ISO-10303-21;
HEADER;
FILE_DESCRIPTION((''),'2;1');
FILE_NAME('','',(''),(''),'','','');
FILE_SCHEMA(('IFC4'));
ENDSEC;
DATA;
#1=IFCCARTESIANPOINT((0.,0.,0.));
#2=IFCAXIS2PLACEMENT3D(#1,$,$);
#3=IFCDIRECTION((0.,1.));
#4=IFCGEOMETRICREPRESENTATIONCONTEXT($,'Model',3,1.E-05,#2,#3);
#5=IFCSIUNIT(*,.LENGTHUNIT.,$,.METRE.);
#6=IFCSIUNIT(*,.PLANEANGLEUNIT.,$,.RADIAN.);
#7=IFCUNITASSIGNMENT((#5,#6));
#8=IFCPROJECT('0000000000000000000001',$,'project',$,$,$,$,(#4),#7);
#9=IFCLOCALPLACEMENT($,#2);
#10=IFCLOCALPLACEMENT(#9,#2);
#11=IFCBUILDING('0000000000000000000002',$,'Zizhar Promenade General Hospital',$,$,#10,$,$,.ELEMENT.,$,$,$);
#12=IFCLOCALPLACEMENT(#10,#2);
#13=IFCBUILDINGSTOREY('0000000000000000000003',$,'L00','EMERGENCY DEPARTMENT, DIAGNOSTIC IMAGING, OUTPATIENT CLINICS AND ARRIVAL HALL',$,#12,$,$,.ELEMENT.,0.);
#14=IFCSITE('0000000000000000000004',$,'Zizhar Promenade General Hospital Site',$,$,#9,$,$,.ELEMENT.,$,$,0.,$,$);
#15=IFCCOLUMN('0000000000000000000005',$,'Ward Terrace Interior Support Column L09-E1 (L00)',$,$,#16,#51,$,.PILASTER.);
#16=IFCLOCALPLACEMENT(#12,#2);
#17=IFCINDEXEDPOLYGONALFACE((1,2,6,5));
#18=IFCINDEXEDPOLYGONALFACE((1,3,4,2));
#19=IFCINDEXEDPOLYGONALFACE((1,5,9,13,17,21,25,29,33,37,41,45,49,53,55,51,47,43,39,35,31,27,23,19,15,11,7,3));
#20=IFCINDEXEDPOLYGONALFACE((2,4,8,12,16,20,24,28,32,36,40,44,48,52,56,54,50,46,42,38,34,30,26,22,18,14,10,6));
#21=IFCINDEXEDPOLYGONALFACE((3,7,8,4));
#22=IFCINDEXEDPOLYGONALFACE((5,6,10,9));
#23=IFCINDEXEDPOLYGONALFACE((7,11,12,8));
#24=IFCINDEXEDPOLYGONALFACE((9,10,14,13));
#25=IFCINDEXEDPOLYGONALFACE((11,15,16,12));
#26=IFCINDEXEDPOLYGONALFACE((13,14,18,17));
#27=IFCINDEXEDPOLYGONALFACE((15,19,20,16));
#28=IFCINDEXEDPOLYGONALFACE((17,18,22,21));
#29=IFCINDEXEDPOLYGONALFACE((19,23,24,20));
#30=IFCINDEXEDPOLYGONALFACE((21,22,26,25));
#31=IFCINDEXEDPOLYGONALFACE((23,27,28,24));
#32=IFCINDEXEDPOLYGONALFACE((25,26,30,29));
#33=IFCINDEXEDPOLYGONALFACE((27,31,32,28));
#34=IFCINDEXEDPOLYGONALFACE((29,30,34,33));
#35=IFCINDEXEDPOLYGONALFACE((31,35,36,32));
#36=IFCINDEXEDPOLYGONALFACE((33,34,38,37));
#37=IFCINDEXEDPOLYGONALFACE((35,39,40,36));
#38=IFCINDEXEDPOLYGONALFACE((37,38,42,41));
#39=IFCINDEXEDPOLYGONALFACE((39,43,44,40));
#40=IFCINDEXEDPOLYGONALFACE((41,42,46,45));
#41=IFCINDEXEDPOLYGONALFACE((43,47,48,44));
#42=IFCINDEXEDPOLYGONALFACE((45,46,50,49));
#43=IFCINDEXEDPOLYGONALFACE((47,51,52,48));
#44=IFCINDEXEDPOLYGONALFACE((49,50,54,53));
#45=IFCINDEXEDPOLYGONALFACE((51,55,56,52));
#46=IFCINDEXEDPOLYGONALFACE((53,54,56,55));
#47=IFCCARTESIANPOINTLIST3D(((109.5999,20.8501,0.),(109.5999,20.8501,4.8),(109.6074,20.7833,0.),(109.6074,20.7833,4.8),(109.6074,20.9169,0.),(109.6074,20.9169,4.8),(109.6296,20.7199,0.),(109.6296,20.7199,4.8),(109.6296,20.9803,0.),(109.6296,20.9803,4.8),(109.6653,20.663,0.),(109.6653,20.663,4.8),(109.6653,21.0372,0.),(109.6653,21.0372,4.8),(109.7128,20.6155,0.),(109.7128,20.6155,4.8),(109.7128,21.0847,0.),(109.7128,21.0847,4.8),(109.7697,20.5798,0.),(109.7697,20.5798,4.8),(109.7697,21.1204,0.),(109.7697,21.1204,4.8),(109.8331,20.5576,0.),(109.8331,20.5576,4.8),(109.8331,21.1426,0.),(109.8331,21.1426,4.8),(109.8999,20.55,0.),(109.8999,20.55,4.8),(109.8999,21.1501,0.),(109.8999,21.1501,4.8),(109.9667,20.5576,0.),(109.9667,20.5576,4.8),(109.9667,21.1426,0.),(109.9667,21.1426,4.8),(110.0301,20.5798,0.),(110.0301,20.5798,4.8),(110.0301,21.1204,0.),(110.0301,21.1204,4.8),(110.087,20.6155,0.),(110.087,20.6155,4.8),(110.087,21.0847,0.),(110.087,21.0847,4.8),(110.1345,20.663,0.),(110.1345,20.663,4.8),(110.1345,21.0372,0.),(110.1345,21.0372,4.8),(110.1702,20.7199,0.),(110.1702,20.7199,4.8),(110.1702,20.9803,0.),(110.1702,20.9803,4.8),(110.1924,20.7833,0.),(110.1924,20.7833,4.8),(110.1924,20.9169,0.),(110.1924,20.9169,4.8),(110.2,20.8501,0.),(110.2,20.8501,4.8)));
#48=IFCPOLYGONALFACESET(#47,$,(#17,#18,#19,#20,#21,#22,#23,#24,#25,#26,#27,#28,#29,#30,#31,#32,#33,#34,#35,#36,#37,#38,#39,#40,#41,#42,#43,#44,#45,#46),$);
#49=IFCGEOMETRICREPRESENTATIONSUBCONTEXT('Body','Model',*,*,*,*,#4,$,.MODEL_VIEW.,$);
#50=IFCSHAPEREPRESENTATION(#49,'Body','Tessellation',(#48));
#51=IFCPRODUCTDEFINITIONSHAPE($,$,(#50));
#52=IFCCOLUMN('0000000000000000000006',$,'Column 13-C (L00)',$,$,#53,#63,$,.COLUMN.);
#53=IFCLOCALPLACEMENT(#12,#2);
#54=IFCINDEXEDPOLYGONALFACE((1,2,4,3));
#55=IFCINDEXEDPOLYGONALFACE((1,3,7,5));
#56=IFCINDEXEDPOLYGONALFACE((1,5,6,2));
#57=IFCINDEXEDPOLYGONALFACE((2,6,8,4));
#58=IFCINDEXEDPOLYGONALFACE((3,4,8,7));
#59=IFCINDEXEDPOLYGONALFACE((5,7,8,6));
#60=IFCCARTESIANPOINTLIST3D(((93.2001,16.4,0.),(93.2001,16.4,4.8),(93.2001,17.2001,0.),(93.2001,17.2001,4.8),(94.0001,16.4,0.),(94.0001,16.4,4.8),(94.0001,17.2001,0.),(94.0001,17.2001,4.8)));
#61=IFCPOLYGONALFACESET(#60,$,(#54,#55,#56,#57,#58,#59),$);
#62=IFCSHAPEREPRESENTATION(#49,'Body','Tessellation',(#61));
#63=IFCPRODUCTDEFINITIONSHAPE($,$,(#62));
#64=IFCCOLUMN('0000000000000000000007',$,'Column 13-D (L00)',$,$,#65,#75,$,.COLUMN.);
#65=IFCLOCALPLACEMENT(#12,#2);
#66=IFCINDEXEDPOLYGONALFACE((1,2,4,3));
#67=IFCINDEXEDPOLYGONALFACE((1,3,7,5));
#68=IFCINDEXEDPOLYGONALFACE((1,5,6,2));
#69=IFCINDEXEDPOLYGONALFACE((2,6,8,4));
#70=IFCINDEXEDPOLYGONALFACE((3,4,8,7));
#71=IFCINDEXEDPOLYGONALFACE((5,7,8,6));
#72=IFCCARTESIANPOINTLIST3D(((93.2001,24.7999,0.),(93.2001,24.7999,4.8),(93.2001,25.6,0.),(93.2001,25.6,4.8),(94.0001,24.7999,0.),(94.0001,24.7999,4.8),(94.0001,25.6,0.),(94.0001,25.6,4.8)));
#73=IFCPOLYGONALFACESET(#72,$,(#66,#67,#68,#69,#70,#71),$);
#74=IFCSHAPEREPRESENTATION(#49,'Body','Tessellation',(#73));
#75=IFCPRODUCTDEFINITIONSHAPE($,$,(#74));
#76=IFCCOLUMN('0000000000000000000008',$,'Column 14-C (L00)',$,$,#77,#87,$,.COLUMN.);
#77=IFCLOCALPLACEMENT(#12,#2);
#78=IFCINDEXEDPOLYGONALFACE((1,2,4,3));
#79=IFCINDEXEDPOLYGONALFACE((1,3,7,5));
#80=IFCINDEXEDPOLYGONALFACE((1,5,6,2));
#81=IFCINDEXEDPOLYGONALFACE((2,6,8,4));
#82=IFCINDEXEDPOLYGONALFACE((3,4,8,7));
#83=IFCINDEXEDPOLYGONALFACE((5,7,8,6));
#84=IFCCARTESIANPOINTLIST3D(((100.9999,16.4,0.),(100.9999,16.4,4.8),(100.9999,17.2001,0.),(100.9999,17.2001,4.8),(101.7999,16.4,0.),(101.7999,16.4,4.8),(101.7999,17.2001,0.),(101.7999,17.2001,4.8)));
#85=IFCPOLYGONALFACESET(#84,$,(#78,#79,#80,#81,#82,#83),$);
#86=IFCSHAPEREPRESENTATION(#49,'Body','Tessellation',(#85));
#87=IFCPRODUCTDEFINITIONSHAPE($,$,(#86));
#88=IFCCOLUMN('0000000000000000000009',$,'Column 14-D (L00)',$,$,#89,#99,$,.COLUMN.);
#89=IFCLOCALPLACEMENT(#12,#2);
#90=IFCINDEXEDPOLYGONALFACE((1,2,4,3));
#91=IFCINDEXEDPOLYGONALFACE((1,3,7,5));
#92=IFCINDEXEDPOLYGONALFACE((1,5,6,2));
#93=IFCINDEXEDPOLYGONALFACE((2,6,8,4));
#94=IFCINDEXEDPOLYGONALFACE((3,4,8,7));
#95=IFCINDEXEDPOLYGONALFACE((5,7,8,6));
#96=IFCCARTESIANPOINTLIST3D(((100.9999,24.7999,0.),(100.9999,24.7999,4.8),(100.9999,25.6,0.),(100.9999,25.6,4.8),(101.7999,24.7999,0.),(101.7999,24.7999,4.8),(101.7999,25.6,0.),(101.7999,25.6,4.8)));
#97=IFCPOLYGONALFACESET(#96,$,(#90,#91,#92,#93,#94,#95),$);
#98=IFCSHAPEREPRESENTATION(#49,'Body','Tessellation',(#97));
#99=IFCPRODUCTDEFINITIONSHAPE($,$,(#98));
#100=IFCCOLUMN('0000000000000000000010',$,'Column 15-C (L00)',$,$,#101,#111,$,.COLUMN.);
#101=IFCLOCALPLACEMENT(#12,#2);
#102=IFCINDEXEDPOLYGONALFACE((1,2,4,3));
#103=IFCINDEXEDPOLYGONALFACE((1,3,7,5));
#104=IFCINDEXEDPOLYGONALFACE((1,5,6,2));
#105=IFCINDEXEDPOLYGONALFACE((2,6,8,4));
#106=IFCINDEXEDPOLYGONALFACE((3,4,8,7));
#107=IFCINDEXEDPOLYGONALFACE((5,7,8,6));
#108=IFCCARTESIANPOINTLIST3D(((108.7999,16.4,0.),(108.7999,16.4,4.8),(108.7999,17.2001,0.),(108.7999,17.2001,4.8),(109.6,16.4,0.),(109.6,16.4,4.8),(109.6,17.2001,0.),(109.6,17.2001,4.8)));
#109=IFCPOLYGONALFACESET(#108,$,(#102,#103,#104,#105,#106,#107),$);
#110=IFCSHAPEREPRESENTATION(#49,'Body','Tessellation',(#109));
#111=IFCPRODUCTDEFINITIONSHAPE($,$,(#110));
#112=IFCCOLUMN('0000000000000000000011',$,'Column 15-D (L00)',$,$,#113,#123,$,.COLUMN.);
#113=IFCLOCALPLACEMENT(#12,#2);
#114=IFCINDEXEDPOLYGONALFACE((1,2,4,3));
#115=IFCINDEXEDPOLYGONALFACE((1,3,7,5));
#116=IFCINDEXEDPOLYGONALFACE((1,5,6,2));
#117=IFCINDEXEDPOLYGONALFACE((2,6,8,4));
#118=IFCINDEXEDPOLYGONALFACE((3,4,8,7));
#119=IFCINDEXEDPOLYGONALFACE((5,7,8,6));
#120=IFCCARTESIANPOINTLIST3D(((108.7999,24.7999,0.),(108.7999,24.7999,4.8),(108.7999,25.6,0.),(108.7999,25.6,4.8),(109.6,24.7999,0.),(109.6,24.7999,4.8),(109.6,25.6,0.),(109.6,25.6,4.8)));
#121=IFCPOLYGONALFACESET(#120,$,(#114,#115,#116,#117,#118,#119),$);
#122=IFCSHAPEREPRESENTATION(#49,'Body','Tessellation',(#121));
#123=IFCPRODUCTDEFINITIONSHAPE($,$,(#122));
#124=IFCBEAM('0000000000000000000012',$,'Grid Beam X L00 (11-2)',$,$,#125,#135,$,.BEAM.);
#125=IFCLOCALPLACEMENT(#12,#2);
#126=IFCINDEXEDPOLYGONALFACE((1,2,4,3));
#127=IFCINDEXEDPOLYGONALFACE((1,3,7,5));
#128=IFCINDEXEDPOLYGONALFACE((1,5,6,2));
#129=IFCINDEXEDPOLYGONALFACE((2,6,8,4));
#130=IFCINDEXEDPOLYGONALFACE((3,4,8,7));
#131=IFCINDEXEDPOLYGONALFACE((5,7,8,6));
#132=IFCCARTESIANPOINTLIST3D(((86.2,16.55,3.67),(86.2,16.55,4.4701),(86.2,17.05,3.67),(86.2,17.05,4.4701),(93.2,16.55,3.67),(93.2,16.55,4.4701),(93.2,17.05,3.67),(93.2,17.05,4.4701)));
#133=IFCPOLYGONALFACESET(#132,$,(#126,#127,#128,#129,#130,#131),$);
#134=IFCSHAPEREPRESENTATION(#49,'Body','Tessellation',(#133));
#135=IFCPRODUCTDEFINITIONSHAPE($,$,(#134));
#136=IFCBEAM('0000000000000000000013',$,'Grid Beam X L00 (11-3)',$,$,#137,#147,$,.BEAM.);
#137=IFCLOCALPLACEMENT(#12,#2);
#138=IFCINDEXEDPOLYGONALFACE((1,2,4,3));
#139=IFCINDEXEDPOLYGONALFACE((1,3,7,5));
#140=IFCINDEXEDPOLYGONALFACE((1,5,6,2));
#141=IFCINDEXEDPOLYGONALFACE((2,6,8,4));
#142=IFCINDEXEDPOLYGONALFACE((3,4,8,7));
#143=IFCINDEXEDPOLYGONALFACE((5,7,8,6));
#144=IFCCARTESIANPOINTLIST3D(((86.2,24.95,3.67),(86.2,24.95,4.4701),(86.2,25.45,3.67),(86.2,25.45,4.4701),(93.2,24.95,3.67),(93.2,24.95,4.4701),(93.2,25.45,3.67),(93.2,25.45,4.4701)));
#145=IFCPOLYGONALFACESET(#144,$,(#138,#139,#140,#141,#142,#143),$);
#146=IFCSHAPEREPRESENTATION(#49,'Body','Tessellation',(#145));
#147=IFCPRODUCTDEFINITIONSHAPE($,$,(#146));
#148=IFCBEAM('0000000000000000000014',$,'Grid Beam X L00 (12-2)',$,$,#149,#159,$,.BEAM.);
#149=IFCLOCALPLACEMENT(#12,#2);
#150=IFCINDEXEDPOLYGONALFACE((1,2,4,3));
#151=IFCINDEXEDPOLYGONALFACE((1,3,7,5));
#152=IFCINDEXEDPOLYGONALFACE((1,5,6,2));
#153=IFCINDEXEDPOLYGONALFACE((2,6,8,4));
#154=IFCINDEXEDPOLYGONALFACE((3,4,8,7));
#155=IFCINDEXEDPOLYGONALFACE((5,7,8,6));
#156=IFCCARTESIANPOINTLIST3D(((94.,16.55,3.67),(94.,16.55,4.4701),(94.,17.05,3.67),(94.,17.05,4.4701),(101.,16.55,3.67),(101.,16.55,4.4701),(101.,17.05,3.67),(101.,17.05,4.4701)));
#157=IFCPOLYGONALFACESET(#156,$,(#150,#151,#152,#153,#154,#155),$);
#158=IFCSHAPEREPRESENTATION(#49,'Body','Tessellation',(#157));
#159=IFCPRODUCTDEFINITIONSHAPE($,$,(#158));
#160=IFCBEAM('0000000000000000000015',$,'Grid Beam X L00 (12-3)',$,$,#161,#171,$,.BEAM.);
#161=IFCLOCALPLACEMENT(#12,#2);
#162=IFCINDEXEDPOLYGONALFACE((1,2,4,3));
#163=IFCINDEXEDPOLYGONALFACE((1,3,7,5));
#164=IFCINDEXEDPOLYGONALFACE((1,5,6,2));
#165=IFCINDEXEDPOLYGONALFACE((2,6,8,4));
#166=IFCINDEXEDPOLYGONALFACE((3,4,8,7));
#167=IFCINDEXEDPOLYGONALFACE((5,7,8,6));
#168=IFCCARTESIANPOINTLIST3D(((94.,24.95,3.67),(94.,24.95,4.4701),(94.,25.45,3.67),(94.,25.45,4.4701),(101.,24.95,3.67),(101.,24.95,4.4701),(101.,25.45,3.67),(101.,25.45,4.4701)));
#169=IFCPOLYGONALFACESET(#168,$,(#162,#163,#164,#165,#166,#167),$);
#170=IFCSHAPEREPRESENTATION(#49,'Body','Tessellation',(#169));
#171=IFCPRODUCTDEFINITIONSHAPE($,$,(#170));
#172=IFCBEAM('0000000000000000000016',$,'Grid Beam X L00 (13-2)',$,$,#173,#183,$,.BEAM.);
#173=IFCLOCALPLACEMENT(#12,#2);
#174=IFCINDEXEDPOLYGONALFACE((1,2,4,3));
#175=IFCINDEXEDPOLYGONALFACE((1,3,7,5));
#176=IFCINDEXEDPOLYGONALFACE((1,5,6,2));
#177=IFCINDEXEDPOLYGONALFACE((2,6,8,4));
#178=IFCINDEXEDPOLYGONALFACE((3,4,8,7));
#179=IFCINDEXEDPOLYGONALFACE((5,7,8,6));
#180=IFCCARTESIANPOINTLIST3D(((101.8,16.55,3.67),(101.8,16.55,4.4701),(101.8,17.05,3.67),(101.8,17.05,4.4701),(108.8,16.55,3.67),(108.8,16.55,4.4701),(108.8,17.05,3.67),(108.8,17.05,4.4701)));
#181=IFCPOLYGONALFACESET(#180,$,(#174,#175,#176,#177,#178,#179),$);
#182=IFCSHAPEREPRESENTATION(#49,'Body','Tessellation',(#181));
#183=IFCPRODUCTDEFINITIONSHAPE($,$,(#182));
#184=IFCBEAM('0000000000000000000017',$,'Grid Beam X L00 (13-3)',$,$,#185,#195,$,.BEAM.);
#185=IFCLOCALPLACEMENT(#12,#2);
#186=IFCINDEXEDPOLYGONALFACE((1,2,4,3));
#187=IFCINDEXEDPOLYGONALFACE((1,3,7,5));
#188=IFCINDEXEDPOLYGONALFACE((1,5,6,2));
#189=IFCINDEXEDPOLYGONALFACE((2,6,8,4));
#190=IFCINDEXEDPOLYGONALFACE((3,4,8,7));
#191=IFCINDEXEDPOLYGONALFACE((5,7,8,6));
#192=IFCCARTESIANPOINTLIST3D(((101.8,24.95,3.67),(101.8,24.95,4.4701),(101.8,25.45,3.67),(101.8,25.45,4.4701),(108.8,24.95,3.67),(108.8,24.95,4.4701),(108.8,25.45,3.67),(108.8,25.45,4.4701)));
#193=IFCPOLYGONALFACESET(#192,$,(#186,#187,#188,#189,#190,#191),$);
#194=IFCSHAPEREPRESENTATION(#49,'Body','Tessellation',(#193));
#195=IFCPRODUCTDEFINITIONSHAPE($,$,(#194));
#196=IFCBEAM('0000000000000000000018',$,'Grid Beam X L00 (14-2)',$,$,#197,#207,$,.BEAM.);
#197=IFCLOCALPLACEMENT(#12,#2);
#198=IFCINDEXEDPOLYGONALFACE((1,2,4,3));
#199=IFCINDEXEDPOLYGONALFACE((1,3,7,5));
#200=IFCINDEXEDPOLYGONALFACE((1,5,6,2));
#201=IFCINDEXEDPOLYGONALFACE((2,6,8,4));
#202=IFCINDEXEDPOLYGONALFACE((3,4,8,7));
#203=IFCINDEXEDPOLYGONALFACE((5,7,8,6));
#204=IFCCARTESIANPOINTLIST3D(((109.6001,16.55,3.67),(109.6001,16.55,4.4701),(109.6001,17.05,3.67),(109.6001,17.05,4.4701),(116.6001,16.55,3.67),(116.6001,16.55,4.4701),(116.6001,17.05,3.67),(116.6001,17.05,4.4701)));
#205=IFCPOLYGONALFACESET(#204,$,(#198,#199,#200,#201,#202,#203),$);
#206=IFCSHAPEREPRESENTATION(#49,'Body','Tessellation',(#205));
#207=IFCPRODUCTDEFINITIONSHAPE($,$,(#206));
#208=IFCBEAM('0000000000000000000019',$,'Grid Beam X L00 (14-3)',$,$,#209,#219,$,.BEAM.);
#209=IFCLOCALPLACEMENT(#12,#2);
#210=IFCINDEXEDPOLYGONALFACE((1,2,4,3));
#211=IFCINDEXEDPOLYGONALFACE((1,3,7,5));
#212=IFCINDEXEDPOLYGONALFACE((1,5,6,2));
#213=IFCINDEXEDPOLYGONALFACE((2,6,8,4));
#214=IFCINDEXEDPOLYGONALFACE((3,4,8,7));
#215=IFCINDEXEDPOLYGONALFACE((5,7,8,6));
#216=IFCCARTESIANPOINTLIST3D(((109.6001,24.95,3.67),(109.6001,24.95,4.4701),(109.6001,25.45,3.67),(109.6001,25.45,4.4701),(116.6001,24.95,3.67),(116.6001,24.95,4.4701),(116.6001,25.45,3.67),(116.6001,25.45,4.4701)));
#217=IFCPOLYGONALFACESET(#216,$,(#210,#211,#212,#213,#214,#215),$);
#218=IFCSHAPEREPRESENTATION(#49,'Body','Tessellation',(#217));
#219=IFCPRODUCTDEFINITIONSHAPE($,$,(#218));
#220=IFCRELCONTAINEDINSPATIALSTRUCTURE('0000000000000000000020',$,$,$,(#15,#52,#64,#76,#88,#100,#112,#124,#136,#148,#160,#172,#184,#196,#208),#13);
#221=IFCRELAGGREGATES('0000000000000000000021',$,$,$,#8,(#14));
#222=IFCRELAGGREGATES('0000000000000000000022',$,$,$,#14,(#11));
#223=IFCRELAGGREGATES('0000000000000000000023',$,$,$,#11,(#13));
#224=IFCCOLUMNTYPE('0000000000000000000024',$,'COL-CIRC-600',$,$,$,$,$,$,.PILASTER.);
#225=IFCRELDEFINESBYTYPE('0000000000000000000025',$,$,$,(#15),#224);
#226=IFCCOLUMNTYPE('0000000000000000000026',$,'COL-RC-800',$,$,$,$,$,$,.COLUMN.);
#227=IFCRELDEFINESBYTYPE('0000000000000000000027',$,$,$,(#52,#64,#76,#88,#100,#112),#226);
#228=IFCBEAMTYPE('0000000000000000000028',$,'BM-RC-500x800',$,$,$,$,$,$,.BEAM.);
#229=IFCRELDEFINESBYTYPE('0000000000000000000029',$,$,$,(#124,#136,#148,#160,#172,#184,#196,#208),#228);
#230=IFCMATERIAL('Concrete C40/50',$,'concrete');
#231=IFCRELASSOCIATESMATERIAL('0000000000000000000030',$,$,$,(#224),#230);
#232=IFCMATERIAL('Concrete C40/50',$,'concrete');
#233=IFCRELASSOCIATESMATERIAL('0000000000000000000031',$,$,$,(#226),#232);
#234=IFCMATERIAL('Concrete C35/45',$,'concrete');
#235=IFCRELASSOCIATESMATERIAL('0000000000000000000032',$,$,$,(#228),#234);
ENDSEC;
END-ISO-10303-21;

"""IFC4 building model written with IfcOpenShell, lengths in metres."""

from ifc_helpers import new_model, si_unit, direction, frame, origin, origin_2d, place, context, subcontext, project, spatial, rectangle, circle, extrude, material, material_profile, profile_set, type_object, element, save


model = new_model("IFC4")

# Units and contexts
model_context = context("Model", 3, precision=1e-05, world=origin(), true_north=direction((0.0, 1.0)))
body_context = subcontext(model_context, "Body", "Model", "MODEL_VIEW")
ifc_project = project(units=[si_unit("LENGTHUNIT", "METRE"), si_unit("PLANEANGLEUNIT", "RADIAN")], contexts=[model_context])

# Site, building, storey
site_placement = place(None, origin())
site = spatial("IfcSite", under=ifc_project, at=site_placement, Name="Zizhar Promenade General Hospital Site", CompositionType="ELEMENT", RefElevation=0.0)
building_placement = place(site_placement, origin())
building = spatial("IfcBuilding", under=site, at=building_placement, Name="Zizhar Promenade General Hospital", CompositionType="ELEMENT")
storey_placement = place(building_placement, origin())
storey = spatial("IfcBuildingStorey", under=building, at=storey_placement, Name="L00", Description="EMERGENCY DEPARTMENT, DIAGNOSTIC IMAGING, OUTPATIENT CLINICS AND ARRIVAL HALL", CompositionType="ELEMENT", Elevation=0.0)

# Columns
ifc_material_1 = material(Name="Concrete C40/50", Category="concrete")
ifc_material_profile_1 = material_profile(ifc_material_1, circle(Radius=0.3, at=origin_2d()))
ifc_profile_set_1 = profile_set([ifc_material_profile_1], Name="Concrete C40/50")
column_type_1 = type_object("IfcColumnType", Name="COL-CIRC-600", PredefinedType="PILASTER", material=ifc_profile_set_1)
column_placement = place(storey_placement, frame((109.8999, 20.8501, 0.0), z_axis=(0.0, 0.0, 1.0), x_axis=(1.0, 0.0, 0.0)))
element("IfcColumn", 1, at=column_placement, inside=storey, type_object=column_type_1, Name="Ward Terrace Interior Support Column L09-E1 (L00)", PredefinedType="PILASTER", context=body_context, shape_type="SweptSolid", body=[
    extrude(circle(Radius=0.3, at=origin_2d()), origin(), (0.0, 0.0, 1.0), 4.8),
])
ifc_material_2 = material(Name="Concrete C40/50", Category="concrete")
ifc_material_profile_2 = material_profile(ifc_material_2, rectangle(XDim=0.8, YDim=0.8, at=origin_2d()))
ifc_profile_set_2 = profile_set([ifc_material_profile_2], Name="Concrete C40/50")
column_type_2 = type_object("IfcColumnType", Name="COL-RC-800", PredefinedType="COLUMN", material=ifc_profile_set_2)
for number, where, z_axis, x_axis, name in (
    (2, (93.6001, 16.8, 0.0), (0.0, 0.0, 1.0), (1.0, 0.0, 0.0), "Column 13-C (L00)"),
    (3, (93.6001, 25.2, 0.0), (0.0, 0.0, 1.0), (1.0, 0.0, 0.0), "Column 13-D (L00)"),
    (4, (101.3999, 16.8, 0.0), (0.0, 0.0, 1.0), (1.0, 0.0, 0.0), "Column 14-C (L00)"),
    (5, (101.3999, 25.2, 0.0), (0.0, 0.0, 1.0), (1.0, 0.0, 0.0), "Column 14-D (L00)"),
    (6, (109.2, 16.8, 0.0), (0.0, 0.0, 1.0), (1.0, 0.0, 0.0), "Column 15-C (L00)"),
    (7, (109.2, 25.2, 0.0), (0.0, 0.0, 1.0), (1.0, 0.0, 0.0), "Column 15-D (L00)"),
):
    element("IfcColumn", number, at=place(storey_placement, frame(where, z_axis=z_axis, x_axis=x_axis)), inside=storey, type_object=column_type_2, Name=name, PredefinedType="COLUMN", context=body_context, shape_type="SweptSolid", body=[
        extrude(rectangle(XDim=0.8, YDim=0.8, at=origin_2d()), origin(), (0.0, 0.0, 1.0), 4.8),
    ])

# Beams
ifc_material_3 = material(Name="Concrete C35/45", Category="concrete")
ifc_material_profile_3 = material_profile(ifc_material_3, rectangle(XDim=0.5, YDim=0.8, at=origin_2d()))
ifc_profile_set_3 = profile_set([ifc_material_profile_3], Name="Concrete C35/45")
beam_type_1 = type_object("IfcBeamType", Name="BM-RC-500x800", PredefinedType="BEAM", material=ifc_profile_set_3)
for number, where, z_axis, x_axis, name in (
    (8, (86.2, 16.8, 4.0701), (1.0, 0.0, 0.0), (0.0, 1.0, 0.0), "Grid Beam X L00 (11-2)"),
    (9, (86.2, 25.2, 4.0701), (1.0, 0.0, 0.0), (0.0, 1.0, 0.0), "Grid Beam X L00 (11-3)"),
    (10, (94.0, 16.8, 4.0701), (1.0, 0.0, 0.0), (0.0, 1.0, 0.0), "Grid Beam X L00 (12-2)"),
    (11, (94.0, 25.2, 4.0701), (1.0, 0.0, 0.0), (0.0, 1.0, 0.0), "Grid Beam X L00 (12-3)"),
    (12, (101.8, 16.8, 4.0701), (1.0, 0.0, 0.0), (0.0, 1.0, 0.0), "Grid Beam X L00 (13-2)"),
    (13, (101.8, 25.2, 4.0701), (1.0, 0.0, 0.0), (0.0, 1.0, 0.0), "Grid Beam X L00 (13-3)"),
    (14, (109.6001, 16.8, 4.0701), (1.0, 0.0, 0.0), (0.0, 1.0, 0.0), "Grid Beam X L00 (14-2)"),
    (15, (109.6001, 25.2, 4.0701), (1.0, 0.0, 0.0), (0.0, 1.0, 0.0), "Grid Beam X L00 (14-3)"),
):
    element("IfcBeam", number, at=place(storey_placement, frame(where, z_axis=z_axis, x_axis=x_axis)), inside=storey, type_object=beam_type_1, Name=name, PredefinedType="BEAM", context=body_context, shape_type="SweptSolid", body=[
        extrude(rectangle(XDim=0.5, YDim=0.8, at=origin_2d()), origin(), (0.0, 0.0, 1.0), 7.0),
    ])

save(model, "model.ifc")
